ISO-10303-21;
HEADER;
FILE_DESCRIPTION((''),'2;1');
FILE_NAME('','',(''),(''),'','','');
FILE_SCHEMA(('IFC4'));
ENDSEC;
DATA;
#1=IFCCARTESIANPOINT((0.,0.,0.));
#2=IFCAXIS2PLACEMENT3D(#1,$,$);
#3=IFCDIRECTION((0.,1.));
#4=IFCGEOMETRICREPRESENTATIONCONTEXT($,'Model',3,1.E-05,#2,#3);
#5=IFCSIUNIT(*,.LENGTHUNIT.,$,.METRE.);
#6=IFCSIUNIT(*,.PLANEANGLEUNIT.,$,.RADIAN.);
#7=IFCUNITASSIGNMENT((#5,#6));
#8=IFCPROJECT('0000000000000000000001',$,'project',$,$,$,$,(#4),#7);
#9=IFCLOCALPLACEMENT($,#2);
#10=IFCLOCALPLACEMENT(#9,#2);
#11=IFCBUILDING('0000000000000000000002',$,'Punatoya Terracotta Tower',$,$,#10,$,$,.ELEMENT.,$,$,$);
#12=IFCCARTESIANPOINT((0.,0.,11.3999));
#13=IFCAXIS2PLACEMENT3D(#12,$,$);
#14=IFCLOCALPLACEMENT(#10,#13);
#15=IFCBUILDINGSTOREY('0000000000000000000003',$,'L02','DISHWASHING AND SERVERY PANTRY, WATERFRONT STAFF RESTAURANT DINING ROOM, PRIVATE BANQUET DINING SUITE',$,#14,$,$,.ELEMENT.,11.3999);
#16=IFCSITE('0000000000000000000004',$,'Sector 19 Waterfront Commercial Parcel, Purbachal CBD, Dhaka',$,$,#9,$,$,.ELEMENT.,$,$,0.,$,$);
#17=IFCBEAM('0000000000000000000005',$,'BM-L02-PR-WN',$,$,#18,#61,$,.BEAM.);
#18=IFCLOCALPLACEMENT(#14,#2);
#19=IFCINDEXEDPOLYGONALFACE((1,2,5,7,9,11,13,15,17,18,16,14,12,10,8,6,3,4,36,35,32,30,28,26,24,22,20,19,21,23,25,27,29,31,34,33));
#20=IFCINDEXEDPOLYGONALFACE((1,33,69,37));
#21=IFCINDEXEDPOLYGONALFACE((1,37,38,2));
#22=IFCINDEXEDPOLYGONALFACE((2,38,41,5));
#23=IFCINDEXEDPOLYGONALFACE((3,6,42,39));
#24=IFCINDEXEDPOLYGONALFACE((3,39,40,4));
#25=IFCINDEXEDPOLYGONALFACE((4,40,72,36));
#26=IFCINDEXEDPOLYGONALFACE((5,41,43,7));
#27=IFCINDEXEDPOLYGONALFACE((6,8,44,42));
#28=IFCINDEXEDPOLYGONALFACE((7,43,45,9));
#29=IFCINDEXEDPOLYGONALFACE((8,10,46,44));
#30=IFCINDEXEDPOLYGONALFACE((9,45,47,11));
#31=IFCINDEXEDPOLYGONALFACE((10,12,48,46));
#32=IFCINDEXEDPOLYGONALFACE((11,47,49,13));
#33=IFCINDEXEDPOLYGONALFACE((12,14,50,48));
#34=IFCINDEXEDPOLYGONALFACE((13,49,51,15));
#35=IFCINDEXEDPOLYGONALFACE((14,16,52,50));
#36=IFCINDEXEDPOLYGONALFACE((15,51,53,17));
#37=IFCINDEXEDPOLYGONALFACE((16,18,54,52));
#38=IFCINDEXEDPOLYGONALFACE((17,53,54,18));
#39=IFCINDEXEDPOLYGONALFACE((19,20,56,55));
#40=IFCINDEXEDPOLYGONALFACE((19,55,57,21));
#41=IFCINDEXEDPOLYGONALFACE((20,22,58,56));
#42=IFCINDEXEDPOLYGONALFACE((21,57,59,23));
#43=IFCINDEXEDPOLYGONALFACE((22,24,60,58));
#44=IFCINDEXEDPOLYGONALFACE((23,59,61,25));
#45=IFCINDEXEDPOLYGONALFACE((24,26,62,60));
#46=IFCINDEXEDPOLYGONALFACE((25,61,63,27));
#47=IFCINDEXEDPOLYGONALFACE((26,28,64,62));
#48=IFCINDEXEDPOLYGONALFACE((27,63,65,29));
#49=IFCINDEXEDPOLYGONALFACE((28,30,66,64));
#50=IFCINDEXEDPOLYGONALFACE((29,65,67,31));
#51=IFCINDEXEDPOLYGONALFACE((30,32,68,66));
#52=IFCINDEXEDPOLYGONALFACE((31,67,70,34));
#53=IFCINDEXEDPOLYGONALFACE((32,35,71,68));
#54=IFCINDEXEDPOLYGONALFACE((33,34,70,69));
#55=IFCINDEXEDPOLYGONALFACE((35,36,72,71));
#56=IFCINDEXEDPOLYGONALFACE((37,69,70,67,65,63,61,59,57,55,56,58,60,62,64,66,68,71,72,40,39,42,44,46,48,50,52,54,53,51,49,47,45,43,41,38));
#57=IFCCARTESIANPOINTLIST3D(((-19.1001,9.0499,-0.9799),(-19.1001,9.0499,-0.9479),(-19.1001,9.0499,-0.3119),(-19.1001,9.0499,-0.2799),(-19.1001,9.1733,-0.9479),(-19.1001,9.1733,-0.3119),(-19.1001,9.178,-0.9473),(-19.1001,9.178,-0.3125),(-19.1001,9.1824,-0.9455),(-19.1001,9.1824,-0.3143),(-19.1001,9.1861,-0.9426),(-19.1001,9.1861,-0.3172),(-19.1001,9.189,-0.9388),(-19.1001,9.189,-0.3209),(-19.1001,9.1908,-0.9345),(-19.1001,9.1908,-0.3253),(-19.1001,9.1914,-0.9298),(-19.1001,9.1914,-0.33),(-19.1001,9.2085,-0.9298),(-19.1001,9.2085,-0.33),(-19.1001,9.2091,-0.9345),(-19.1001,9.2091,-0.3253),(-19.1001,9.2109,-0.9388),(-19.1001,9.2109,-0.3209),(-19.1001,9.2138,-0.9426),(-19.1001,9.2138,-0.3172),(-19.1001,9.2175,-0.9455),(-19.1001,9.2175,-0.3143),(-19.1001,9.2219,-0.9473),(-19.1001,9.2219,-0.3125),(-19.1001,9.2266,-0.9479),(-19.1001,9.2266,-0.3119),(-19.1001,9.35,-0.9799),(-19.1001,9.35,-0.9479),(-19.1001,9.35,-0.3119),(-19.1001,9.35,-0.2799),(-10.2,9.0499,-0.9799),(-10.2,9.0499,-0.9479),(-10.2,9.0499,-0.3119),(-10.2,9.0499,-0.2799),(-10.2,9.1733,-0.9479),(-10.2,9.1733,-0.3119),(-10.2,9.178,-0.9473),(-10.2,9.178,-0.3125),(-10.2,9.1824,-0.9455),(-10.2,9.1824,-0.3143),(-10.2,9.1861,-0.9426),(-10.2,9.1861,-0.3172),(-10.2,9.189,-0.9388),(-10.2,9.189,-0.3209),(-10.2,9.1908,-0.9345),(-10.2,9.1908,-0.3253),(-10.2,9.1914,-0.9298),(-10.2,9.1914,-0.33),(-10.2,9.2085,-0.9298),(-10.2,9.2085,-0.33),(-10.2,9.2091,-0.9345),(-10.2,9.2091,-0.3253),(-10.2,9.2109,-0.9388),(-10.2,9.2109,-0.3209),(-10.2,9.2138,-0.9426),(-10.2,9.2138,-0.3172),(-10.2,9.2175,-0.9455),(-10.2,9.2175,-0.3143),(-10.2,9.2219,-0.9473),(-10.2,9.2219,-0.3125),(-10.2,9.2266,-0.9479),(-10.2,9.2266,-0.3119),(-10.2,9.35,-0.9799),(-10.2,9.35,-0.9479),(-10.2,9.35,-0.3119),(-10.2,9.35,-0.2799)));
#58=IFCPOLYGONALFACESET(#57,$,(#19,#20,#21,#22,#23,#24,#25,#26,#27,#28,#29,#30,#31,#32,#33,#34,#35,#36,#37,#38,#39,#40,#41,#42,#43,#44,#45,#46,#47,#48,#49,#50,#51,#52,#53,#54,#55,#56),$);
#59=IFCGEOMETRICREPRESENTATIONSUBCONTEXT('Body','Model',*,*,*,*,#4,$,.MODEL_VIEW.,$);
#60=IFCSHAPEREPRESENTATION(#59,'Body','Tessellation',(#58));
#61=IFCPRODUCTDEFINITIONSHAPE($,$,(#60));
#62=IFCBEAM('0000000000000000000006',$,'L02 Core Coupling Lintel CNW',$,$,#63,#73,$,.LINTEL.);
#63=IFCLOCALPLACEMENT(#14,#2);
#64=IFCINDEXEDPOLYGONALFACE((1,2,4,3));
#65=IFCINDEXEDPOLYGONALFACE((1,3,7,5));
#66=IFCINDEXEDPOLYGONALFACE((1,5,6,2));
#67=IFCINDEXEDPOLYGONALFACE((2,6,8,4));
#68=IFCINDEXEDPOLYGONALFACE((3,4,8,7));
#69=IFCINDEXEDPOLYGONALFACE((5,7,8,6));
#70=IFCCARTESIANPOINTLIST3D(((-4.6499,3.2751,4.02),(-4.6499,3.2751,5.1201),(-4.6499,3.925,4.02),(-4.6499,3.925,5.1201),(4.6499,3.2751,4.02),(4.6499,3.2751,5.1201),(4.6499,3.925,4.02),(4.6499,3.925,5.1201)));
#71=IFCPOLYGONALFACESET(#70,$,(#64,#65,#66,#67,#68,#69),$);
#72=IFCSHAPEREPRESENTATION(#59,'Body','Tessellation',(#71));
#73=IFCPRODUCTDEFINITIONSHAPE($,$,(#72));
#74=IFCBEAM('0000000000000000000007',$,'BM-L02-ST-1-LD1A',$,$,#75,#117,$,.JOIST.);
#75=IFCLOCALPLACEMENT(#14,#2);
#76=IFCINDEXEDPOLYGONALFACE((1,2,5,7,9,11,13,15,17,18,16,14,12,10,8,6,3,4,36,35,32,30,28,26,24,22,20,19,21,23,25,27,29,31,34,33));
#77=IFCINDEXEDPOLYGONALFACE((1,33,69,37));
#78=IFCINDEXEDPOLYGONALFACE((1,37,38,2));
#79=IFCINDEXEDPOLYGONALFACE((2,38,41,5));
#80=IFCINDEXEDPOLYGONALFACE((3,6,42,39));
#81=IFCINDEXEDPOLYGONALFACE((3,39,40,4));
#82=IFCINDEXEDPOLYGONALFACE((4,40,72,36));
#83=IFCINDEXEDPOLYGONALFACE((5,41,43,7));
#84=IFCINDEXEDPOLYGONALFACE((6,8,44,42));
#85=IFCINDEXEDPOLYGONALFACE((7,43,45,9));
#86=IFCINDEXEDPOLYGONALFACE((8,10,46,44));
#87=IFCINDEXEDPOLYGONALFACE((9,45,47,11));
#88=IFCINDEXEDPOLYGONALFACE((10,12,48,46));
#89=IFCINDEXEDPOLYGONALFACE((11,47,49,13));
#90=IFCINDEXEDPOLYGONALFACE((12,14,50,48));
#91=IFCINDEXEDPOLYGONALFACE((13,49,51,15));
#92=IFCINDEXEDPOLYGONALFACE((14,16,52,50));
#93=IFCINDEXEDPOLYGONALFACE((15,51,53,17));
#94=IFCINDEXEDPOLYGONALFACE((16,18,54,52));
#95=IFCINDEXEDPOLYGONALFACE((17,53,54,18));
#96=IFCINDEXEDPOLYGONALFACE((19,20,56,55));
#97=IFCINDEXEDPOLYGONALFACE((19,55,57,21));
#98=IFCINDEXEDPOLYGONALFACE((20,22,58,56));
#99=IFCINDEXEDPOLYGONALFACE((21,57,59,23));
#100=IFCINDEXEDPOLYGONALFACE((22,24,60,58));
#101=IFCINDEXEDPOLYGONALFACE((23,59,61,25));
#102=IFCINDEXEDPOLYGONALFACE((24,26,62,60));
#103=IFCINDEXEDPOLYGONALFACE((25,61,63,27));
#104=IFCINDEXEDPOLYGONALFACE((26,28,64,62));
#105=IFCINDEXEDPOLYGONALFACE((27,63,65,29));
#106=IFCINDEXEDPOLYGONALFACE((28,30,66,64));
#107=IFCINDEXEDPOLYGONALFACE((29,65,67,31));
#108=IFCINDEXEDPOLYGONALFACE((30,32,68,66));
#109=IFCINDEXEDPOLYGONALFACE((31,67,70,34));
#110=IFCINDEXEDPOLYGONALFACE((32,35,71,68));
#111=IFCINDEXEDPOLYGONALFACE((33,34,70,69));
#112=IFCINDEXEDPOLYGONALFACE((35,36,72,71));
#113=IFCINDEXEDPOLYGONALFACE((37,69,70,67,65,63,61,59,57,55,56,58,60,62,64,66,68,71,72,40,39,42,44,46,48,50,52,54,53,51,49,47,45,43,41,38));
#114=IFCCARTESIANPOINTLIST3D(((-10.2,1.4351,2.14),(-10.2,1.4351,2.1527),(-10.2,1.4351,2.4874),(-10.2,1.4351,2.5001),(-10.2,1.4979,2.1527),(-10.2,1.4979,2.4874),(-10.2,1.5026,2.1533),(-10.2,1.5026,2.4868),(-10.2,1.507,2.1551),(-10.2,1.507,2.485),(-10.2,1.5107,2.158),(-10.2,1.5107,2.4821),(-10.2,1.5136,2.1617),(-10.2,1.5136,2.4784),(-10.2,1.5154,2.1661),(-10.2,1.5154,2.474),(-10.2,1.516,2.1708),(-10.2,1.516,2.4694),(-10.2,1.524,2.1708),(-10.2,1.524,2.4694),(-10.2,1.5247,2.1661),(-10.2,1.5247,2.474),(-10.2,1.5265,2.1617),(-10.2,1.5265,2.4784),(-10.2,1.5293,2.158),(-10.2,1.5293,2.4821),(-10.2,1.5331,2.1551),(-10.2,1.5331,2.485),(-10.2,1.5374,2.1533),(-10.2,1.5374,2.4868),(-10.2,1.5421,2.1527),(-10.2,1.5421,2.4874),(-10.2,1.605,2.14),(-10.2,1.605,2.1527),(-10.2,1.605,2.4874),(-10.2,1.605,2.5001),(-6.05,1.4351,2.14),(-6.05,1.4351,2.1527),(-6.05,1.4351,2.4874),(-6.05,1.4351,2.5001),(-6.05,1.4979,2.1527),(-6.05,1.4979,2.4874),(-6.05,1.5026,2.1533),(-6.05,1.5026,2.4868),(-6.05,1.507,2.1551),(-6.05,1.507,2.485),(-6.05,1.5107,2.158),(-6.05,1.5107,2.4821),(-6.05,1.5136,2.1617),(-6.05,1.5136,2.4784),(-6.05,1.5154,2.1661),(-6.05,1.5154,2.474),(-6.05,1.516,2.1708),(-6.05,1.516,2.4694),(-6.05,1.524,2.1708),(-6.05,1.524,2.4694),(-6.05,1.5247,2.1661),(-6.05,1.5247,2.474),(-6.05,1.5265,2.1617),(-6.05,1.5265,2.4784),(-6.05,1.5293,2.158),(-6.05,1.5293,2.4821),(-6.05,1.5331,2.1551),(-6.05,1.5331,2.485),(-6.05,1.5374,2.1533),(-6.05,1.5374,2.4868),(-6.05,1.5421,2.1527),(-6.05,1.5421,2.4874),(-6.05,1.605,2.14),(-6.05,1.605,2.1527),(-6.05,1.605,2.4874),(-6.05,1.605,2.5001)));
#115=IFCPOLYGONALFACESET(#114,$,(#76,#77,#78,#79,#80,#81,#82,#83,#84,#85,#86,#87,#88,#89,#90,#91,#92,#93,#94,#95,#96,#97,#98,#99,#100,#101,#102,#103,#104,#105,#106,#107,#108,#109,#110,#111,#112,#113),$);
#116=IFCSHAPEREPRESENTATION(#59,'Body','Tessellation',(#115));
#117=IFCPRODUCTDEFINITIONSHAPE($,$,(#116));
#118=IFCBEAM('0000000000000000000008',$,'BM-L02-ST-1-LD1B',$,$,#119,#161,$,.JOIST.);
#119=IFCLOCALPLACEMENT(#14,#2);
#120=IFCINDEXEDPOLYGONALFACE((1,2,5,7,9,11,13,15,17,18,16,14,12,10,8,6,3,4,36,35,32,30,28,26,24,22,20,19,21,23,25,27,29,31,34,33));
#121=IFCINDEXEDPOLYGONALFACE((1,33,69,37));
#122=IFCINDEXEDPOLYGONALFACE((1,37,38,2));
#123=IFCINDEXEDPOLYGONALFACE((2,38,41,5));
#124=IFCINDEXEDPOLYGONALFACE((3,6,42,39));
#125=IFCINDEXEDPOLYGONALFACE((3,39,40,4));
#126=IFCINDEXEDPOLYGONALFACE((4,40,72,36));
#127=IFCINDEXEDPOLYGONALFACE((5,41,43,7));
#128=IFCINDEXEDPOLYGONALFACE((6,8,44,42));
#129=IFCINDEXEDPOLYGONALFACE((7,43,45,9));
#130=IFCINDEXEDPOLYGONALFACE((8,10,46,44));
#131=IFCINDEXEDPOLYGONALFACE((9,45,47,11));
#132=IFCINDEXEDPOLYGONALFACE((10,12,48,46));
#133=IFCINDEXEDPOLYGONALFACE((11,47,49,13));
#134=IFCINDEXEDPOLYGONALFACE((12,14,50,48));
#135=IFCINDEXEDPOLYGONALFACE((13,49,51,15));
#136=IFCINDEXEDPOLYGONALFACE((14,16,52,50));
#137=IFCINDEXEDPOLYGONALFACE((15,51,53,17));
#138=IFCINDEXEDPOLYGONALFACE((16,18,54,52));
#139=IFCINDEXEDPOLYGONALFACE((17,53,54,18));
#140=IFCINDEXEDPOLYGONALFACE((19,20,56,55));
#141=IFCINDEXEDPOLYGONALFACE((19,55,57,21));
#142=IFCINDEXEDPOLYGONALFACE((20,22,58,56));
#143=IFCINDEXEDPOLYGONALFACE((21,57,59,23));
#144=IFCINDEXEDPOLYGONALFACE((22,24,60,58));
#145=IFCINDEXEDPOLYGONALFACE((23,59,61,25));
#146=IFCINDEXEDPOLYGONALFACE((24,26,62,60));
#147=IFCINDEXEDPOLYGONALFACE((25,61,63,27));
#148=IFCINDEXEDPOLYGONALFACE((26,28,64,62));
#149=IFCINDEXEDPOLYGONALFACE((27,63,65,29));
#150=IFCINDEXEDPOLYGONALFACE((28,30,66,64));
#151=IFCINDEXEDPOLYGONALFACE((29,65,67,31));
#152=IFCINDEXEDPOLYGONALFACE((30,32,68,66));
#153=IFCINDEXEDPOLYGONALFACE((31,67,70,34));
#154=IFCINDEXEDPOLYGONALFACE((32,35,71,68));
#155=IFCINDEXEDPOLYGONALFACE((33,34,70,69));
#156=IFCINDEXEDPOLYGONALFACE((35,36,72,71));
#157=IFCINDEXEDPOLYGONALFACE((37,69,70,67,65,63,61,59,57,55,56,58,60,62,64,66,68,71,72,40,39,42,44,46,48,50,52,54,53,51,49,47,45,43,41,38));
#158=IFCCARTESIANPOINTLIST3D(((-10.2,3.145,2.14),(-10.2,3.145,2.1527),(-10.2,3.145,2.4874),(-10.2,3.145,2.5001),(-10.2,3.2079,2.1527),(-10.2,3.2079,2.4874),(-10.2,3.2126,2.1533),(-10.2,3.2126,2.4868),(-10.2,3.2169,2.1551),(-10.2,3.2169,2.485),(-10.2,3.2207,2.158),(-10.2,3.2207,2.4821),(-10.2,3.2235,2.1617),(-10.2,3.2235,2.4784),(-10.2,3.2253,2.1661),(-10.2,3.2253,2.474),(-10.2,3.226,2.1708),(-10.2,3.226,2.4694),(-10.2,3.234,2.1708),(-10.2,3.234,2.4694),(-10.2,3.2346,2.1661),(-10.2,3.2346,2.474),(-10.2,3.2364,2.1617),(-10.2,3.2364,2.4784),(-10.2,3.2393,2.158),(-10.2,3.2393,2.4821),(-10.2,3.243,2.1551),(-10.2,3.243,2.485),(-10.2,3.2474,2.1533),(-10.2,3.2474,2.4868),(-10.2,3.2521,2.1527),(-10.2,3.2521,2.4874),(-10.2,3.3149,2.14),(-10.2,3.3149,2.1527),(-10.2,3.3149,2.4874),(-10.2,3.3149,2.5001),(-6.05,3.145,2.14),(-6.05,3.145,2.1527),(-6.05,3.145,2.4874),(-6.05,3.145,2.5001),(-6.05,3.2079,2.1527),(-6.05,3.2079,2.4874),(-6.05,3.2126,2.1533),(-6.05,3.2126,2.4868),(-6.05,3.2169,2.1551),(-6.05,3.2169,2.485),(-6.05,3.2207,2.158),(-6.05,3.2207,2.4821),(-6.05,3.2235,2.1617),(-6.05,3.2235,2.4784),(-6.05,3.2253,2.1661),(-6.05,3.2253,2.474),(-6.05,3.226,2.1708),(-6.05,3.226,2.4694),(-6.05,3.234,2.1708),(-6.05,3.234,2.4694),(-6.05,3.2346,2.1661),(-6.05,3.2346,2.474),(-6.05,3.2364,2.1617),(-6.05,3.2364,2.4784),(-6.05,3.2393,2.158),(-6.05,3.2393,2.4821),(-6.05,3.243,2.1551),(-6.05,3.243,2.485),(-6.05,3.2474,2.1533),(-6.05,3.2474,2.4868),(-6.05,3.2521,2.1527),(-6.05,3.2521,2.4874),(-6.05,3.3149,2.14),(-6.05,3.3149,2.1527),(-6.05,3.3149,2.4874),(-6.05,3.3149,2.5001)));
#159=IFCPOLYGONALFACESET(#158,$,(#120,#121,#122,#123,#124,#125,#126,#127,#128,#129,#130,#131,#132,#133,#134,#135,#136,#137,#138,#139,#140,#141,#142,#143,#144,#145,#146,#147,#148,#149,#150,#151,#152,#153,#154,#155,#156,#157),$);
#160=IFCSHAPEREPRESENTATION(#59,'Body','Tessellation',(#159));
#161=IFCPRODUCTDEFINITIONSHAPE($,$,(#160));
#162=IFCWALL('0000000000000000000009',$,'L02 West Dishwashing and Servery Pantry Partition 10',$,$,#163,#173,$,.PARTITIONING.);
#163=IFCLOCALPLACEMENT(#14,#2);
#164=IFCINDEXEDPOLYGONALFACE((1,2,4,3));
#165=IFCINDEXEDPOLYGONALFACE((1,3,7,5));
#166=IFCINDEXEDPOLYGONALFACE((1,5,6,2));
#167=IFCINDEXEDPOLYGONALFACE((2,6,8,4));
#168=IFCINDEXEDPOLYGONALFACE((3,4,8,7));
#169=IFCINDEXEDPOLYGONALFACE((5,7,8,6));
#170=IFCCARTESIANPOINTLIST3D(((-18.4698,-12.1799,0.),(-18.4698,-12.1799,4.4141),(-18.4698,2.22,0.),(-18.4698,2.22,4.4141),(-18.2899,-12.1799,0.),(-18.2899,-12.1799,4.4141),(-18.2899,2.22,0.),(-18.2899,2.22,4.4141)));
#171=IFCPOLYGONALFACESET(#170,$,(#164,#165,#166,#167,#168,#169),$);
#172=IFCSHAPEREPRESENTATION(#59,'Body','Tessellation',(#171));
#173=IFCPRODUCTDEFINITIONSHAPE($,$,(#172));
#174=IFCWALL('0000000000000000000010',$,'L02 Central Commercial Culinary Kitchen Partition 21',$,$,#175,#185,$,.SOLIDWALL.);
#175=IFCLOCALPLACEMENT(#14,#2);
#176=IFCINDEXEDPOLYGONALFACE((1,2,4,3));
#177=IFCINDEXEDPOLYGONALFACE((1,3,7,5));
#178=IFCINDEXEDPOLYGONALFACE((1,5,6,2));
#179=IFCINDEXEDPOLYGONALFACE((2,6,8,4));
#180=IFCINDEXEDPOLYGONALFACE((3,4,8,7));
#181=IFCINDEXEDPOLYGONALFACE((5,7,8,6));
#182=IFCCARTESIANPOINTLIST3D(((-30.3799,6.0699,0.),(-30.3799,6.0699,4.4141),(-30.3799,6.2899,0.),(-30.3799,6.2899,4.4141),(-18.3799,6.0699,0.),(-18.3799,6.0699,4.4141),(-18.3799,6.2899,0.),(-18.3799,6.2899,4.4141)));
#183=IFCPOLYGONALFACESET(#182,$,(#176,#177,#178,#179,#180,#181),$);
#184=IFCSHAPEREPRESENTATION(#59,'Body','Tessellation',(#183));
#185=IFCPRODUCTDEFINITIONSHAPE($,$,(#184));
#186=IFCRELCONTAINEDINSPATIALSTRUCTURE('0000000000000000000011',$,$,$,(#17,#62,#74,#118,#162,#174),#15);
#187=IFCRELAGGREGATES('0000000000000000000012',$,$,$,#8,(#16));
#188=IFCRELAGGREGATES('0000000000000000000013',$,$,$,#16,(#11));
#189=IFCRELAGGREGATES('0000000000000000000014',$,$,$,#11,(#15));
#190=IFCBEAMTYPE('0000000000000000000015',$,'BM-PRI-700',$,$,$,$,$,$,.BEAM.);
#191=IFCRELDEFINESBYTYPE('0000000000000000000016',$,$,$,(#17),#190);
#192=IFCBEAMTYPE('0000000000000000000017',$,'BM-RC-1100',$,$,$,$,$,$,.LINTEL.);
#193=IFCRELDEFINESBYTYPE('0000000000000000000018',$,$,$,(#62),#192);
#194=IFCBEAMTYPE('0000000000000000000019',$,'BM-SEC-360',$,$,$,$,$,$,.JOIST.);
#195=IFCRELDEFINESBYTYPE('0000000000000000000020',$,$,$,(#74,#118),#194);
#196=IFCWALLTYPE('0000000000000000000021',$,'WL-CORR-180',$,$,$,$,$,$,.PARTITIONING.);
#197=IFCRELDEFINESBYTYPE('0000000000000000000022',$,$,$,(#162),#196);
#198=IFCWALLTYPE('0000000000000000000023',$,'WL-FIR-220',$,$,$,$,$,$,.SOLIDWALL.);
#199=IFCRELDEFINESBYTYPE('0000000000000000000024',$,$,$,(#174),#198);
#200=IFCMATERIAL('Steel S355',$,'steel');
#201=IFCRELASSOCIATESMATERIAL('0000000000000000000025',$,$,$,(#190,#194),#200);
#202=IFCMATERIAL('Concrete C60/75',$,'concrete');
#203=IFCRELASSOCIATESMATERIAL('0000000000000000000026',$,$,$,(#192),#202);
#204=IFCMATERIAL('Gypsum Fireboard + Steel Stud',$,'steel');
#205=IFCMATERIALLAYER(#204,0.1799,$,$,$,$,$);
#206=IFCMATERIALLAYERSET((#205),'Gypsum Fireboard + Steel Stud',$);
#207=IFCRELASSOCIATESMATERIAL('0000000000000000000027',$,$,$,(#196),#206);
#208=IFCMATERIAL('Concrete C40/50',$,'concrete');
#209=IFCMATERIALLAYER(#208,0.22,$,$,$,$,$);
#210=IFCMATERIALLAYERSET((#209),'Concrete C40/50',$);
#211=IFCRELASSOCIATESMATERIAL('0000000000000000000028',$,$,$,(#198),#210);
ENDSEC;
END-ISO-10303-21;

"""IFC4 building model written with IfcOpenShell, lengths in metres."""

from ifc_helpers import new_model, si_unit, direction, frame, frame_2d, origin, origin_2d, place, context, subcontext, project, spatial, rectangle, i_section, extrude, material, layer, layer_set, material_profile, profile_set, type_object, element, save


model = new_model("IFC4")

# Units and contexts
model_context = context("Model", 3, precision=1e-05, world=origin(), true_north=direction((0.0, 1.0)))
body_context = subcontext(model_context, "Body", "Model", "MODEL_VIEW")
ifc_project = project(units=[si_unit("LENGTHUNIT", "METRE"), si_unit("PLANEANGLEUNIT", "RADIAN")], contexts=[model_context])

# Site, building, storey
site_placement = place(None, origin())
site = spatial("IfcSite", under=ifc_project, at=site_placement, Name="Sector 19 Waterfront Commercial Parcel, Purbachal CBD, Dhaka", CompositionType="ELEMENT", RefElevation=0.0)
building_placement = place(site_placement, origin())
building = spatial("IfcBuilding", under=site, at=building_placement, Name="Punatoya Terracotta Tower", CompositionType="ELEMENT")
storey_placement = place(building_placement, frame((0.0, 0.0, 11.3999)))
storey = spatial("IfcBuildingStorey", under=building, at=storey_placement, Name="L02", Description="DISHWASHING AND SERVERY PANTRY, WATERFRONT STAFF RESTAURANT DINING ROOM, PRIVATE BANQUET DINING SUITE", CompositionType="ELEMENT", Elevation=11.3999)

# Beams
ifc_material_1 = material(Name="Steel S355", Category="steel")
ifc_material_profile_1 = material_profile(ifc_material_1, i_section(OverallWidth=0.3, OverallDepth=0.7, WebThickness=0.0171, FlangeThickness=0.032, FilletRadius=0.0181, at=origin_2d()))
ifc_profile_set_1 = profile_set([ifc_material_profile_1], Name="Steel S355")
beam_type_1 = type_object("IfcBeamType", Name="BM-PRI-700", PredefinedType="BEAM", material=ifc_profile_set_1)
for number, where, z_axis, x_axis, name in (
    (1, (-19.1001, 9.2, -0.6299), (1.0, 0.0, 0.0), (0.0, 1.0, 0.0), "BM-L02-PR-WN"),
):
    element("IfcBeam", number, at=place(storey_placement, frame(where, z_axis=z_axis, x_axis=x_axis)), inside=storey, type_object=beam_type_1, Name=name, PredefinedType="BEAM", context=body_context, shape_type="SweptSolid", body=[
        extrude(i_section(OverallWidth=0.3, OverallDepth=0.7, WebThickness=0.0171, FlangeThickness=0.032, FilletRadius=0.0181, at=origin_2d()), origin(), (0.0, 0.0, 1.0), 8.9001),
    ])
ifc_material_2 = material(Name="Concrete C60/75", Category="concrete")
ifc_material_profile_2 = material_profile(ifc_material_2, rectangle(XDim=0.6499, YDim=1.1001, at=origin_2d()))
ifc_profile_set_2 = profile_set([ifc_material_profile_2], Name="Concrete C60/75")
beam_type_2 = type_object("IfcBeamType", Name="BM-RC-1100", PredefinedType="LINTEL", material=ifc_profile_set_2)
beam_1_placement = place(storey_placement, frame((-4.6499, 3.6001, 4.5701), z_axis=(1.0, 0.0, 0.0), x_axis=(0.0, 1.0, 0.0)))
element("IfcBeam", 2, at=beam_1_placement, inside=storey, type_object=beam_type_2, Name="L02 Core Coupling Lintel CNW", PredefinedType="LINTEL", context=body_context, shape_type="SweptSolid", body=[
    extrude(rectangle(XDim=0.6499, YDim=1.1001, at=origin_2d()), origin(), (0.0, 0.0, 1.0), 9.2998),
])
ifc_material_profile_3 = material_profile(ifc_material_1, i_section(OverallWidth=0.1699, OverallDepth=0.3601, WebThickness=0.0081, FlangeThickness=0.0127, FilletRadius=0.0181, at=origin_2d()))
ifc_profile_set_3 = profile_set([ifc_material_profile_3], Name="Steel S355")
beam_type_3 = type_object("IfcBeamType", Name="BM-SEC-360", PredefinedType="JOIST", material=ifc_profile_set_3)
for number, where, z_axis, x_axis, name in (
    (3, (-10.2, 1.52, 2.3201), (1.0, 0.0, 0.0), (0.0, 1.0, 0.0), "BM-L02-ST-1-LD1A"),
    (4, (-10.2, 3.23, 2.3201), (1.0, 0.0, 0.0), (0.0, 1.0, 0.0), "BM-L02-ST-1-LD1B"),
):
    element("IfcBeam", number, at=place(storey_placement, frame(where, z_axis=z_axis, x_axis=x_axis)), inside=storey, type_object=beam_type_3, Name=name, PredefinedType="JOIST", context=body_context, shape_type="SweptSolid", body=[
        extrude(i_section(OverallWidth=0.1699, OverallDepth=0.3601, WebThickness=0.0081, FlangeThickness=0.0127, FilletRadius=0.0181, at=origin_2d()), origin(), (0.0, 0.0, 1.0), 4.1499),
    ])

# Walls
ifc_material_3 = material(Name="Gypsum Fireboard + Steel Stud", Category="steel")
ifc_layer_1 = layer(ifc_material_3, 0.1799)
ifc_layer_set_1 = layer_set([ifc_layer_1], Name="Gypsum Fireboard + Steel Stud")
wall_type_1 = type_object("IfcWallType", Name="WL-CORR-180", PredefinedType="PARTITIONING", material=ifc_layer_set_1)
wall_1_placement = place(storey_placement, frame((-18.3799, 2.22, 0.0), z_axis=(0.0, 0.0, 1.0), x_axis=(0.0, -1.0, 0.0)))
element("IfcWall", 5, at=wall_1_placement, inside=storey, type_object=wall_type_1, Name="L02 West Dishwashing and Servery Pantry Partition 10", PredefinedType="PARTITIONING", context=body_context, shape_type="SweptSolid", body=[
    extrude(rectangle(XDim=14.3999, YDim=0.1799, at=frame_2d((7.2, 0.0))), origin(), (0.0, 0.0, 1.0), 4.4141),
])
ifc_material_4 = material(Name="Concrete C40/50", Category="concrete")
ifc_layer_2 = layer(ifc_material_4, 0.22)
ifc_layer_set_2 = layer_set([ifc_layer_2], Name="Concrete C40/50")
wall_type_2 = type_object("IfcWallType", Name="WL-FIR-220", PredefinedType="SOLIDWALL", material=ifc_layer_set_2)
wall_2_placement = place(storey_placement, frame((-18.3799, 6.1799, 0.0), z_axis=(0.0, 0.0, 1.0), x_axis=(-1.0, 0.0, 0.0)))
element("IfcWall", 6, at=wall_2_placement, inside=storey, type_object=wall_type_2, Name="L02 Central Commercial Culinary Kitchen Partition 21", PredefinedType="SOLIDWALL", context=body_context, shape_type="SweptSolid", body=[
    extrude(rectangle(XDim=12.0, YDim=0.22, at=frame_2d((6.0, 0.0))), origin(), (0.0, 0.0, 1.0), 4.4141),
])

save(model, "model.ifc")
